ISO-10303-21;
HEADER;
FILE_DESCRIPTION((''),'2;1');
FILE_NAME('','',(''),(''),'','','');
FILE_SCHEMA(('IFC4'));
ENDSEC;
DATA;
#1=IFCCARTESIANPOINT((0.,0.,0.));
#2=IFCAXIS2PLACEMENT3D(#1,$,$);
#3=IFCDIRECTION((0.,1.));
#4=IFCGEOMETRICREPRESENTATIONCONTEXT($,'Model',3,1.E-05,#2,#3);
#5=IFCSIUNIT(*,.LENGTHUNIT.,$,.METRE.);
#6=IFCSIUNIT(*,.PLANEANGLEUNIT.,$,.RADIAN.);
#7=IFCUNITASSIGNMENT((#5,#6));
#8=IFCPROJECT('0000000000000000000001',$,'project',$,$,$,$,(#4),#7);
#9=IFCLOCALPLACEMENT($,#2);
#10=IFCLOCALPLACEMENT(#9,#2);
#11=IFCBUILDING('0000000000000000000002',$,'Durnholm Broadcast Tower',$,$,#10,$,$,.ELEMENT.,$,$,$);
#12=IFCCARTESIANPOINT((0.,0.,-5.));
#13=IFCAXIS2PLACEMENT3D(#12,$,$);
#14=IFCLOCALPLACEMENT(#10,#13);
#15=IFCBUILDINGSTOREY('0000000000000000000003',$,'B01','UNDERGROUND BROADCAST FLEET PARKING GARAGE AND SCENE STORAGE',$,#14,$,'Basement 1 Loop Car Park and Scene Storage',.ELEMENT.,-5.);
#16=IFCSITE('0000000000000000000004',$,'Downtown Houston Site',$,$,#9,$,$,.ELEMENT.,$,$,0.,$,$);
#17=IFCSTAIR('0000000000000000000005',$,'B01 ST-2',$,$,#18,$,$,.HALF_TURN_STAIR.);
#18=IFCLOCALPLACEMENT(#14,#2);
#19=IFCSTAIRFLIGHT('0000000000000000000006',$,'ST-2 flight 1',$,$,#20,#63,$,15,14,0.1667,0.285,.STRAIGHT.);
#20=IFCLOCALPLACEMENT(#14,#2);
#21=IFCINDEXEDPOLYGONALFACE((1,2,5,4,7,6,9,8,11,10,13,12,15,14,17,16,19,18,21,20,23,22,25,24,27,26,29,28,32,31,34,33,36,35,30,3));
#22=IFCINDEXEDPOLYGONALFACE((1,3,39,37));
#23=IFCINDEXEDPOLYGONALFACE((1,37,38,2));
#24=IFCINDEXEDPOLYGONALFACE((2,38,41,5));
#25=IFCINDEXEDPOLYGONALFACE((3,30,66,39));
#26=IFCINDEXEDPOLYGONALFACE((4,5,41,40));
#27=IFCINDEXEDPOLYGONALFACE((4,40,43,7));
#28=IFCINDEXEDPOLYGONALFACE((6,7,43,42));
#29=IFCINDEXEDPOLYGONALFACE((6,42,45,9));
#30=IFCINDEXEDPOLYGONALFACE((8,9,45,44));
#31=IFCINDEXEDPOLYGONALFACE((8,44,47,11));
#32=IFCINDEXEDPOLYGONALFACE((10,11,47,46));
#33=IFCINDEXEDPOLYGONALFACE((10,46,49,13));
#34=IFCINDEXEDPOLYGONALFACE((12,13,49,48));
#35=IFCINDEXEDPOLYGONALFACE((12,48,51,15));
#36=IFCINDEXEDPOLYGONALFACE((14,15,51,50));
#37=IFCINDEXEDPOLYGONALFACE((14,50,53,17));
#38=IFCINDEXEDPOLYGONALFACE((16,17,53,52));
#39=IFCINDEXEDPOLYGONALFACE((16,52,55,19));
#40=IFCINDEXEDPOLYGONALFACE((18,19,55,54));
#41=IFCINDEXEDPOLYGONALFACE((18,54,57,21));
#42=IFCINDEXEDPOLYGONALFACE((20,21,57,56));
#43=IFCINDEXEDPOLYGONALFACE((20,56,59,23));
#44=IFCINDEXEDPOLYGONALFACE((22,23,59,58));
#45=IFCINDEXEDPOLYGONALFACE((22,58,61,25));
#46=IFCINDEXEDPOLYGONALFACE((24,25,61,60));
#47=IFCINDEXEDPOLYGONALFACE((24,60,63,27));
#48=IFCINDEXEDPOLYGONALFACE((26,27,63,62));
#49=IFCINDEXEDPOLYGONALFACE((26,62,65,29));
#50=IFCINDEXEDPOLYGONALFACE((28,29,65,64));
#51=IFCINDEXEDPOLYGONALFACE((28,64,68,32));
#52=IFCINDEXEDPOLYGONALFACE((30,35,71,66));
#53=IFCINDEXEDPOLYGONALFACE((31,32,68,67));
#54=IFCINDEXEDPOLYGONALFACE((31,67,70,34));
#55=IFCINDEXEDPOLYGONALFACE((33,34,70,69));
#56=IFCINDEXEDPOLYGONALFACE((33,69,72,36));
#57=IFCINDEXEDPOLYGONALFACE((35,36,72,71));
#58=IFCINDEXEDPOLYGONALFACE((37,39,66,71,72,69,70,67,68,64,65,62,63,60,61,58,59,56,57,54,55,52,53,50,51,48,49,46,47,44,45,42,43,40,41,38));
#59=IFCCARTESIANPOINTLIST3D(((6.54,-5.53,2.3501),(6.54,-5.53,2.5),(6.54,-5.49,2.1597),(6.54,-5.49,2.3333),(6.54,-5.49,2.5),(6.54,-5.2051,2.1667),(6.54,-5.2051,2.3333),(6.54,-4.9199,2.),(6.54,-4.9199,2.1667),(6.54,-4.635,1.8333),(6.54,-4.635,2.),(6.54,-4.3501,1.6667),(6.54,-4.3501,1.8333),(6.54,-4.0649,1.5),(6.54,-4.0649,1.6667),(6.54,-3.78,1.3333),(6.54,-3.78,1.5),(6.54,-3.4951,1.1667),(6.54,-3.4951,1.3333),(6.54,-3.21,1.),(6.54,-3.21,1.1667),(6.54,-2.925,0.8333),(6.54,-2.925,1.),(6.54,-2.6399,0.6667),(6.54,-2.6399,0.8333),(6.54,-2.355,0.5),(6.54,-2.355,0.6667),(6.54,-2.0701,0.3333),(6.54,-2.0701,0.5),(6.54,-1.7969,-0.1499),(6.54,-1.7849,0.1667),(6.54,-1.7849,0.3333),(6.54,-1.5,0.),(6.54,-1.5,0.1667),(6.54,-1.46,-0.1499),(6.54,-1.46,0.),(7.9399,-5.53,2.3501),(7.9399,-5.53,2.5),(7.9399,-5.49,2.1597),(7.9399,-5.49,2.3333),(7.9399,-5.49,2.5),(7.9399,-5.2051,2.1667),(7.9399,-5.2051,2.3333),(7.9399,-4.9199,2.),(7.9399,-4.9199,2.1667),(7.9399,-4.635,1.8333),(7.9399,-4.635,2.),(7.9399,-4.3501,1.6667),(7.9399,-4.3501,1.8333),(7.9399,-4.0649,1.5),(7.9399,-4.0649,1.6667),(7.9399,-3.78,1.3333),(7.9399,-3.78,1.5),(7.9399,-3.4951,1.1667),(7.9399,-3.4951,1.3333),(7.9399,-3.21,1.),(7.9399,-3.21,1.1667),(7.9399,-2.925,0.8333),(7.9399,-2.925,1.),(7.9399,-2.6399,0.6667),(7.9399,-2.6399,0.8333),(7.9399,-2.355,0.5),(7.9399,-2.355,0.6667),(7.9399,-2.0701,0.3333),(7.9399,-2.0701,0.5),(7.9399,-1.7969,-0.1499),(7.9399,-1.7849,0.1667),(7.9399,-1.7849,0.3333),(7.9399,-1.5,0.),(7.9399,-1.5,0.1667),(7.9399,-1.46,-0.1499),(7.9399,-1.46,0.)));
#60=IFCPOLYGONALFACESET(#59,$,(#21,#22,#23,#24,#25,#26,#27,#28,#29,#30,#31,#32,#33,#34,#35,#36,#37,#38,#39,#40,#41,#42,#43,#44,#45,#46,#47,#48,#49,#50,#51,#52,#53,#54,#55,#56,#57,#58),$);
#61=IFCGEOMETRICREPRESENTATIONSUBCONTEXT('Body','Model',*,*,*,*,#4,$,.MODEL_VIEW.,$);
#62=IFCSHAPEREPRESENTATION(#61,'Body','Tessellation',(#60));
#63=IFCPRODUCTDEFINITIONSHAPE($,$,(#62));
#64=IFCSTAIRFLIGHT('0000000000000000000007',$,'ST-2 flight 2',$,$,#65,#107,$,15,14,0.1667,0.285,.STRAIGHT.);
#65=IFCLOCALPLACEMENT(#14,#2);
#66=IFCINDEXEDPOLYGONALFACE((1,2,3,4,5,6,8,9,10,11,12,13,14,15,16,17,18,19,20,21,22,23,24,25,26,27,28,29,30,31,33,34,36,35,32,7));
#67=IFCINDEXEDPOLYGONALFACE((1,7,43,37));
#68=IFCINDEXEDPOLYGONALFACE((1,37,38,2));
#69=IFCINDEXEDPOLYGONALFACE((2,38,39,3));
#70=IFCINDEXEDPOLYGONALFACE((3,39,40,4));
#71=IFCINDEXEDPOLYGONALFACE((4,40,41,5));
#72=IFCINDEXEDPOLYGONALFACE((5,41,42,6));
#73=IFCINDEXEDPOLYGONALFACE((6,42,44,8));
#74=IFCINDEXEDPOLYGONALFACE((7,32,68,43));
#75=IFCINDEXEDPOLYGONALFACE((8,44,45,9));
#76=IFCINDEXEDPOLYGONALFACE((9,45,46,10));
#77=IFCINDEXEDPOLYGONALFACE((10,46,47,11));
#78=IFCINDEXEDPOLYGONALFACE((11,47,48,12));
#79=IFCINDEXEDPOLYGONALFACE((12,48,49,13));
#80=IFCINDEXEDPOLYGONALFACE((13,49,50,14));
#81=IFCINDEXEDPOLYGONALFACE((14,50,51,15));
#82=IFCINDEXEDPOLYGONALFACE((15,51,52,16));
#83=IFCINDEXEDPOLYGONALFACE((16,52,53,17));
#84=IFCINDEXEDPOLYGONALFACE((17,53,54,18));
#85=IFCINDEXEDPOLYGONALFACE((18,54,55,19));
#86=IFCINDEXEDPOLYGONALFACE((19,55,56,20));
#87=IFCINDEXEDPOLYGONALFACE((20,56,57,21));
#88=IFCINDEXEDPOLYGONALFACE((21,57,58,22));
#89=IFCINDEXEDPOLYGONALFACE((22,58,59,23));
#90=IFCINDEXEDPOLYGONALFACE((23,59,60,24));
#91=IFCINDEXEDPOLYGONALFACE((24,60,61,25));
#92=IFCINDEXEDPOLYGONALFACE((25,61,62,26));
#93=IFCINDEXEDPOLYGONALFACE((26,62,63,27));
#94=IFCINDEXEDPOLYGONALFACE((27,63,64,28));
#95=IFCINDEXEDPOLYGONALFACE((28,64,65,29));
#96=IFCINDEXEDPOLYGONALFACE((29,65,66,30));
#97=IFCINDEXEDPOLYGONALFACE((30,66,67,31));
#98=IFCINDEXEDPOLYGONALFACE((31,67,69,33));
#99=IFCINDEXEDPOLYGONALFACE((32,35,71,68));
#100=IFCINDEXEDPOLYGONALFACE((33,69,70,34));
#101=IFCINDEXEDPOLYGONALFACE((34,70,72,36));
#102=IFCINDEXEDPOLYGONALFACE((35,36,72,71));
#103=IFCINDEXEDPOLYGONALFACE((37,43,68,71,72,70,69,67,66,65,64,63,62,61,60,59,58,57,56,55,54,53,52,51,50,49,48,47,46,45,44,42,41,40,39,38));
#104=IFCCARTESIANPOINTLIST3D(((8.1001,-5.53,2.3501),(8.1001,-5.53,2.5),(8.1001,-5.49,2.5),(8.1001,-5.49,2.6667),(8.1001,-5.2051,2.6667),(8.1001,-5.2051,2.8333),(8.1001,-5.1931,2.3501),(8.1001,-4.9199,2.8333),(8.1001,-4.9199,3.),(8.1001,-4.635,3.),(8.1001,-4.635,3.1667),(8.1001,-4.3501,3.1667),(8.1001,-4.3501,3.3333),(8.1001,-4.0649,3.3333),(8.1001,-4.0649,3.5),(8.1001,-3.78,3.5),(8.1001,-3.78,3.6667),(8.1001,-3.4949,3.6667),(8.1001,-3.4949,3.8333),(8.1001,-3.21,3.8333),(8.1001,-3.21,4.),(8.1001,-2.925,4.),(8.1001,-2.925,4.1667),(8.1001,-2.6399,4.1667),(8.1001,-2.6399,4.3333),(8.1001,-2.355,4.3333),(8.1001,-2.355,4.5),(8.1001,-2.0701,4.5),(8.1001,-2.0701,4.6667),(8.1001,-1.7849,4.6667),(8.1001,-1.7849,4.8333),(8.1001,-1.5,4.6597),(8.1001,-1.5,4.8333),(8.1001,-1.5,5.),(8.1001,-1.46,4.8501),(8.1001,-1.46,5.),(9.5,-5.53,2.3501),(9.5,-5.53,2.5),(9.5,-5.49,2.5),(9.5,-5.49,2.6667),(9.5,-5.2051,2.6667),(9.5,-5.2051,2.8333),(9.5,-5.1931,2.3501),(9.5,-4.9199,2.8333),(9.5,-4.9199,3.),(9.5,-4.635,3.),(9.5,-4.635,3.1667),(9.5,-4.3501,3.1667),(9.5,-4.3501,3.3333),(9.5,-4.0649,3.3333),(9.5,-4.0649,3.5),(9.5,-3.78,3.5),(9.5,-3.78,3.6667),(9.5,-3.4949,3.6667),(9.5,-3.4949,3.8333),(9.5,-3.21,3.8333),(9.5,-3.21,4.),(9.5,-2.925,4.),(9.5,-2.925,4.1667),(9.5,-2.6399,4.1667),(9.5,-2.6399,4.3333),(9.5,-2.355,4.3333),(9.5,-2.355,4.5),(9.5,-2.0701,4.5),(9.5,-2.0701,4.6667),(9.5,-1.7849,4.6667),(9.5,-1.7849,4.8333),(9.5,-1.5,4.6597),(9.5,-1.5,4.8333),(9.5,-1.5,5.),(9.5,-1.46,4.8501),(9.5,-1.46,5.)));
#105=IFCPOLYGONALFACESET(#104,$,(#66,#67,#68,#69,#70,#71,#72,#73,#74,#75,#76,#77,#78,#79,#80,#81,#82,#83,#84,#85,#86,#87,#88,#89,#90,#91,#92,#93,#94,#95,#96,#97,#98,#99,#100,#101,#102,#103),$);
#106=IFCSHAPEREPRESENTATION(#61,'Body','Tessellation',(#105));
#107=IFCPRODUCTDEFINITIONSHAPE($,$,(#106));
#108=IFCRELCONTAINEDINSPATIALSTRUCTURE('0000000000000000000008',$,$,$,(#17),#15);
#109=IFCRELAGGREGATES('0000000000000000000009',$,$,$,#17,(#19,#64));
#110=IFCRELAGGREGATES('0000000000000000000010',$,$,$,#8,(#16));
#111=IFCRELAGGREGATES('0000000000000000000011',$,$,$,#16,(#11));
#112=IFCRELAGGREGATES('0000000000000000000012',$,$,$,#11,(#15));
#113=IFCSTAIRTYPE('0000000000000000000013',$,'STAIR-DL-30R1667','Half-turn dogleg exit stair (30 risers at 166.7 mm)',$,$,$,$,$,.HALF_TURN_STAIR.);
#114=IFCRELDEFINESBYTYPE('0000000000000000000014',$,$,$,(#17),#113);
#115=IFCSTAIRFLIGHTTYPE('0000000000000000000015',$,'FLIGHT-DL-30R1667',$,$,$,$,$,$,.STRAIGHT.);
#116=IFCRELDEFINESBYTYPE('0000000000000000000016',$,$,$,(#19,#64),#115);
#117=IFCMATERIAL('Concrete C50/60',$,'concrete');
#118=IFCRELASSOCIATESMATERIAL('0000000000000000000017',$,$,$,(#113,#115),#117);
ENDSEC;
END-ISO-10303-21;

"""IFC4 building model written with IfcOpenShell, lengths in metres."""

from ifc_helpers import new_model, si_unit, direction, frame, origin, place, context, subcontext, project, spatial, polyline, outline, extrude, material, type_object, element, aggregate, save


model = new_model("IFC4")

# Units and contexts
model_context = context("Model", 3, precision=1e-05, world=origin(), true_north=direction((0.0, 1.0)))
body_context = subcontext(model_context, "Body", "Model", "MODEL_VIEW")
ifc_project = project(units=[si_unit("LENGTHUNIT", "METRE"), si_unit("PLANEANGLEUNIT", "RADIAN")], contexts=[model_context])

# Site, building, storey
site_placement = place(None, origin())
site = spatial("IfcSite", under=ifc_project, at=site_placement, Name="Downtown Houston Site", CompositionType="ELEMENT", RefElevation=0.0)
building_placement = place(site_placement, origin())
building = spatial("IfcBuilding", under=site, at=building_placement, Name="Durnholm Broadcast Tower", CompositionType="ELEMENT")
storey_placement = place(building_placement, frame((0.0, 0.0, -5.0)))
storey = spatial("IfcBuildingStorey", under=building, at=storey_placement, Name="B01", Description="UNDERGROUND BROADCAST FLEET PARKING GARAGE AND SCENE STORAGE", LongName="Basement 1 Loop Car Park and Scene Storage", CompositionType="ELEMENT", Elevation=-5.0)

# Shared definitions
ifc_material_1 = material(Name="Concrete C50/60", Category="concrete")

# Stair, stair flights
stair_type = type_object("IfcStairType", Name="STAIR-DL-30R1667", Description="Half-turn dogleg exit stair (30 risers at 166.7 mm)", PredefinedType="HALF_TURN_STAIR", material=ifc_material_1)
stair_placement = place(storey_placement, origin())
stair = element("IfcStair", 1, at=stair_placement, inside=storey, type_object=stair_type, Name="B01 ST-2", PredefinedType="HALF_TURN_STAIR")
stair_flight_type = type_object("IfcStairFlightType", Name="FLIGHT-DL-30R1667", PredefinedType="STRAIGHT", material=ifc_material_1)
stair_flight_1_placement = place(storey_placement, frame((7.24, -1.5, 0.0), z_axis=(0.0, 0.0, 1.0), x_axis=(0.0, -1.0, 0.0)))
stair_flight_1 = element("IfcStairFlight", 2, at=stair_flight_1_placement, type_object=stair_flight_type, Name="ST-2 flight 1", NumberOfRisers=15, NumberOfTreads=14, PredefinedType="STRAIGHT", RiserHeight=0.1667, TreadLength=0.285, context=body_context, shape_type="SweptSolid", body=[
    extrude(outline(polyline([(-0.04, -0.1499), (-0.04, 0.0), (0.0, 0.0), (0.0, 0.1667), (0.2849, 0.1667), (0.2849, 0.3333), (0.5701, 0.3333), (0.5701, 0.5), (0.855, 0.5), (0.855, 0.6667), (1.1399, 0.6667), (1.1399, 0.8333), (1.425, 0.8333), (1.425, 1.0), (1.71, 1.0), (1.71, 1.1667), (1.9951, 1.1667), (1.9951, 1.3333), (2.28, 1.3333), (2.28, 1.5), (2.5649, 1.5), (2.5649, 1.6667), (2.8501, 1.6667), (2.8501, 1.8333), (3.135, 1.8333), (3.135, 2.0), (3.4199, 2.0), (3.4199, 2.1667), (3.7051, 2.1667), (3.7051, 2.3333), (3.99, 2.3333), (3.99, 2.5), (4.03, 2.5), (4.03, 2.3501), (3.99, 2.1597), (0.2969, -0.1499), (-0.04, -0.1499)])), frame((0.0, 0.7, 0.0), z_axis=(0.0, -1.0, 0.0), x_axis=(1.0, 0.0, 0.0)), (0.0, 0.0, 1.0), 1.3999),
])
stair_flight_2_placement = place(storey_placement, frame((8.8, -5.49, 2.5), z_axis=(0.0, 0.0, 1.0), x_axis=(0.0, 1.0, 0.0)))
stair_flight_2 = element("IfcStairFlight", 3, at=stair_flight_2_placement, type_object=stair_flight_type, Name="ST-2 flight 2", NumberOfRisers=15, NumberOfTreads=14, PredefinedType="STRAIGHT", RiserHeight=0.1667, TreadLength=0.285, context=body_context, shape_type="SweptSolid", body=[
    extrude(outline(polyline([(-0.04, -0.1499), (-0.04, 0.0), (0.0, 0.0), (0.0, 0.1667), (0.2849, 0.1667), (0.2849, 0.3333), (0.5701, 0.3333), (0.5701, 0.5), (0.855, 0.5), (0.855, 0.6667), (1.1399, 0.6667), (1.1399, 0.8333), (1.425, 0.8333), (1.425, 1.0), (1.71, 1.0), (1.71, 1.1667), (1.9951, 1.1667), (1.9951, 1.3333), (2.28, 1.3333), (2.28, 1.5), (2.5649, 1.5), (2.5649, 1.6667), (2.8501, 1.6667), (2.8501, 1.8333), (3.135, 1.8333), (3.135, 2.0), (3.4199, 2.0), (3.4199, 2.1667), (3.7051, 2.1667), (3.7051, 2.3333), (3.99, 2.3333), (3.99, 2.5), (4.03, 2.5), (4.03, 2.3501), (3.99, 2.1597), (0.2969, -0.1499), (-0.04, -0.1499)])), frame((0.0, 0.7, 0.0), z_axis=(0.0, -1.0, 0.0), x_axis=(1.0, 0.0, 0.0)), (0.0, 0.0, 1.0), 1.3999),
])
aggregate(stair, [stair_flight_1, stair_flight_2])

save(model, "model.ifc")
